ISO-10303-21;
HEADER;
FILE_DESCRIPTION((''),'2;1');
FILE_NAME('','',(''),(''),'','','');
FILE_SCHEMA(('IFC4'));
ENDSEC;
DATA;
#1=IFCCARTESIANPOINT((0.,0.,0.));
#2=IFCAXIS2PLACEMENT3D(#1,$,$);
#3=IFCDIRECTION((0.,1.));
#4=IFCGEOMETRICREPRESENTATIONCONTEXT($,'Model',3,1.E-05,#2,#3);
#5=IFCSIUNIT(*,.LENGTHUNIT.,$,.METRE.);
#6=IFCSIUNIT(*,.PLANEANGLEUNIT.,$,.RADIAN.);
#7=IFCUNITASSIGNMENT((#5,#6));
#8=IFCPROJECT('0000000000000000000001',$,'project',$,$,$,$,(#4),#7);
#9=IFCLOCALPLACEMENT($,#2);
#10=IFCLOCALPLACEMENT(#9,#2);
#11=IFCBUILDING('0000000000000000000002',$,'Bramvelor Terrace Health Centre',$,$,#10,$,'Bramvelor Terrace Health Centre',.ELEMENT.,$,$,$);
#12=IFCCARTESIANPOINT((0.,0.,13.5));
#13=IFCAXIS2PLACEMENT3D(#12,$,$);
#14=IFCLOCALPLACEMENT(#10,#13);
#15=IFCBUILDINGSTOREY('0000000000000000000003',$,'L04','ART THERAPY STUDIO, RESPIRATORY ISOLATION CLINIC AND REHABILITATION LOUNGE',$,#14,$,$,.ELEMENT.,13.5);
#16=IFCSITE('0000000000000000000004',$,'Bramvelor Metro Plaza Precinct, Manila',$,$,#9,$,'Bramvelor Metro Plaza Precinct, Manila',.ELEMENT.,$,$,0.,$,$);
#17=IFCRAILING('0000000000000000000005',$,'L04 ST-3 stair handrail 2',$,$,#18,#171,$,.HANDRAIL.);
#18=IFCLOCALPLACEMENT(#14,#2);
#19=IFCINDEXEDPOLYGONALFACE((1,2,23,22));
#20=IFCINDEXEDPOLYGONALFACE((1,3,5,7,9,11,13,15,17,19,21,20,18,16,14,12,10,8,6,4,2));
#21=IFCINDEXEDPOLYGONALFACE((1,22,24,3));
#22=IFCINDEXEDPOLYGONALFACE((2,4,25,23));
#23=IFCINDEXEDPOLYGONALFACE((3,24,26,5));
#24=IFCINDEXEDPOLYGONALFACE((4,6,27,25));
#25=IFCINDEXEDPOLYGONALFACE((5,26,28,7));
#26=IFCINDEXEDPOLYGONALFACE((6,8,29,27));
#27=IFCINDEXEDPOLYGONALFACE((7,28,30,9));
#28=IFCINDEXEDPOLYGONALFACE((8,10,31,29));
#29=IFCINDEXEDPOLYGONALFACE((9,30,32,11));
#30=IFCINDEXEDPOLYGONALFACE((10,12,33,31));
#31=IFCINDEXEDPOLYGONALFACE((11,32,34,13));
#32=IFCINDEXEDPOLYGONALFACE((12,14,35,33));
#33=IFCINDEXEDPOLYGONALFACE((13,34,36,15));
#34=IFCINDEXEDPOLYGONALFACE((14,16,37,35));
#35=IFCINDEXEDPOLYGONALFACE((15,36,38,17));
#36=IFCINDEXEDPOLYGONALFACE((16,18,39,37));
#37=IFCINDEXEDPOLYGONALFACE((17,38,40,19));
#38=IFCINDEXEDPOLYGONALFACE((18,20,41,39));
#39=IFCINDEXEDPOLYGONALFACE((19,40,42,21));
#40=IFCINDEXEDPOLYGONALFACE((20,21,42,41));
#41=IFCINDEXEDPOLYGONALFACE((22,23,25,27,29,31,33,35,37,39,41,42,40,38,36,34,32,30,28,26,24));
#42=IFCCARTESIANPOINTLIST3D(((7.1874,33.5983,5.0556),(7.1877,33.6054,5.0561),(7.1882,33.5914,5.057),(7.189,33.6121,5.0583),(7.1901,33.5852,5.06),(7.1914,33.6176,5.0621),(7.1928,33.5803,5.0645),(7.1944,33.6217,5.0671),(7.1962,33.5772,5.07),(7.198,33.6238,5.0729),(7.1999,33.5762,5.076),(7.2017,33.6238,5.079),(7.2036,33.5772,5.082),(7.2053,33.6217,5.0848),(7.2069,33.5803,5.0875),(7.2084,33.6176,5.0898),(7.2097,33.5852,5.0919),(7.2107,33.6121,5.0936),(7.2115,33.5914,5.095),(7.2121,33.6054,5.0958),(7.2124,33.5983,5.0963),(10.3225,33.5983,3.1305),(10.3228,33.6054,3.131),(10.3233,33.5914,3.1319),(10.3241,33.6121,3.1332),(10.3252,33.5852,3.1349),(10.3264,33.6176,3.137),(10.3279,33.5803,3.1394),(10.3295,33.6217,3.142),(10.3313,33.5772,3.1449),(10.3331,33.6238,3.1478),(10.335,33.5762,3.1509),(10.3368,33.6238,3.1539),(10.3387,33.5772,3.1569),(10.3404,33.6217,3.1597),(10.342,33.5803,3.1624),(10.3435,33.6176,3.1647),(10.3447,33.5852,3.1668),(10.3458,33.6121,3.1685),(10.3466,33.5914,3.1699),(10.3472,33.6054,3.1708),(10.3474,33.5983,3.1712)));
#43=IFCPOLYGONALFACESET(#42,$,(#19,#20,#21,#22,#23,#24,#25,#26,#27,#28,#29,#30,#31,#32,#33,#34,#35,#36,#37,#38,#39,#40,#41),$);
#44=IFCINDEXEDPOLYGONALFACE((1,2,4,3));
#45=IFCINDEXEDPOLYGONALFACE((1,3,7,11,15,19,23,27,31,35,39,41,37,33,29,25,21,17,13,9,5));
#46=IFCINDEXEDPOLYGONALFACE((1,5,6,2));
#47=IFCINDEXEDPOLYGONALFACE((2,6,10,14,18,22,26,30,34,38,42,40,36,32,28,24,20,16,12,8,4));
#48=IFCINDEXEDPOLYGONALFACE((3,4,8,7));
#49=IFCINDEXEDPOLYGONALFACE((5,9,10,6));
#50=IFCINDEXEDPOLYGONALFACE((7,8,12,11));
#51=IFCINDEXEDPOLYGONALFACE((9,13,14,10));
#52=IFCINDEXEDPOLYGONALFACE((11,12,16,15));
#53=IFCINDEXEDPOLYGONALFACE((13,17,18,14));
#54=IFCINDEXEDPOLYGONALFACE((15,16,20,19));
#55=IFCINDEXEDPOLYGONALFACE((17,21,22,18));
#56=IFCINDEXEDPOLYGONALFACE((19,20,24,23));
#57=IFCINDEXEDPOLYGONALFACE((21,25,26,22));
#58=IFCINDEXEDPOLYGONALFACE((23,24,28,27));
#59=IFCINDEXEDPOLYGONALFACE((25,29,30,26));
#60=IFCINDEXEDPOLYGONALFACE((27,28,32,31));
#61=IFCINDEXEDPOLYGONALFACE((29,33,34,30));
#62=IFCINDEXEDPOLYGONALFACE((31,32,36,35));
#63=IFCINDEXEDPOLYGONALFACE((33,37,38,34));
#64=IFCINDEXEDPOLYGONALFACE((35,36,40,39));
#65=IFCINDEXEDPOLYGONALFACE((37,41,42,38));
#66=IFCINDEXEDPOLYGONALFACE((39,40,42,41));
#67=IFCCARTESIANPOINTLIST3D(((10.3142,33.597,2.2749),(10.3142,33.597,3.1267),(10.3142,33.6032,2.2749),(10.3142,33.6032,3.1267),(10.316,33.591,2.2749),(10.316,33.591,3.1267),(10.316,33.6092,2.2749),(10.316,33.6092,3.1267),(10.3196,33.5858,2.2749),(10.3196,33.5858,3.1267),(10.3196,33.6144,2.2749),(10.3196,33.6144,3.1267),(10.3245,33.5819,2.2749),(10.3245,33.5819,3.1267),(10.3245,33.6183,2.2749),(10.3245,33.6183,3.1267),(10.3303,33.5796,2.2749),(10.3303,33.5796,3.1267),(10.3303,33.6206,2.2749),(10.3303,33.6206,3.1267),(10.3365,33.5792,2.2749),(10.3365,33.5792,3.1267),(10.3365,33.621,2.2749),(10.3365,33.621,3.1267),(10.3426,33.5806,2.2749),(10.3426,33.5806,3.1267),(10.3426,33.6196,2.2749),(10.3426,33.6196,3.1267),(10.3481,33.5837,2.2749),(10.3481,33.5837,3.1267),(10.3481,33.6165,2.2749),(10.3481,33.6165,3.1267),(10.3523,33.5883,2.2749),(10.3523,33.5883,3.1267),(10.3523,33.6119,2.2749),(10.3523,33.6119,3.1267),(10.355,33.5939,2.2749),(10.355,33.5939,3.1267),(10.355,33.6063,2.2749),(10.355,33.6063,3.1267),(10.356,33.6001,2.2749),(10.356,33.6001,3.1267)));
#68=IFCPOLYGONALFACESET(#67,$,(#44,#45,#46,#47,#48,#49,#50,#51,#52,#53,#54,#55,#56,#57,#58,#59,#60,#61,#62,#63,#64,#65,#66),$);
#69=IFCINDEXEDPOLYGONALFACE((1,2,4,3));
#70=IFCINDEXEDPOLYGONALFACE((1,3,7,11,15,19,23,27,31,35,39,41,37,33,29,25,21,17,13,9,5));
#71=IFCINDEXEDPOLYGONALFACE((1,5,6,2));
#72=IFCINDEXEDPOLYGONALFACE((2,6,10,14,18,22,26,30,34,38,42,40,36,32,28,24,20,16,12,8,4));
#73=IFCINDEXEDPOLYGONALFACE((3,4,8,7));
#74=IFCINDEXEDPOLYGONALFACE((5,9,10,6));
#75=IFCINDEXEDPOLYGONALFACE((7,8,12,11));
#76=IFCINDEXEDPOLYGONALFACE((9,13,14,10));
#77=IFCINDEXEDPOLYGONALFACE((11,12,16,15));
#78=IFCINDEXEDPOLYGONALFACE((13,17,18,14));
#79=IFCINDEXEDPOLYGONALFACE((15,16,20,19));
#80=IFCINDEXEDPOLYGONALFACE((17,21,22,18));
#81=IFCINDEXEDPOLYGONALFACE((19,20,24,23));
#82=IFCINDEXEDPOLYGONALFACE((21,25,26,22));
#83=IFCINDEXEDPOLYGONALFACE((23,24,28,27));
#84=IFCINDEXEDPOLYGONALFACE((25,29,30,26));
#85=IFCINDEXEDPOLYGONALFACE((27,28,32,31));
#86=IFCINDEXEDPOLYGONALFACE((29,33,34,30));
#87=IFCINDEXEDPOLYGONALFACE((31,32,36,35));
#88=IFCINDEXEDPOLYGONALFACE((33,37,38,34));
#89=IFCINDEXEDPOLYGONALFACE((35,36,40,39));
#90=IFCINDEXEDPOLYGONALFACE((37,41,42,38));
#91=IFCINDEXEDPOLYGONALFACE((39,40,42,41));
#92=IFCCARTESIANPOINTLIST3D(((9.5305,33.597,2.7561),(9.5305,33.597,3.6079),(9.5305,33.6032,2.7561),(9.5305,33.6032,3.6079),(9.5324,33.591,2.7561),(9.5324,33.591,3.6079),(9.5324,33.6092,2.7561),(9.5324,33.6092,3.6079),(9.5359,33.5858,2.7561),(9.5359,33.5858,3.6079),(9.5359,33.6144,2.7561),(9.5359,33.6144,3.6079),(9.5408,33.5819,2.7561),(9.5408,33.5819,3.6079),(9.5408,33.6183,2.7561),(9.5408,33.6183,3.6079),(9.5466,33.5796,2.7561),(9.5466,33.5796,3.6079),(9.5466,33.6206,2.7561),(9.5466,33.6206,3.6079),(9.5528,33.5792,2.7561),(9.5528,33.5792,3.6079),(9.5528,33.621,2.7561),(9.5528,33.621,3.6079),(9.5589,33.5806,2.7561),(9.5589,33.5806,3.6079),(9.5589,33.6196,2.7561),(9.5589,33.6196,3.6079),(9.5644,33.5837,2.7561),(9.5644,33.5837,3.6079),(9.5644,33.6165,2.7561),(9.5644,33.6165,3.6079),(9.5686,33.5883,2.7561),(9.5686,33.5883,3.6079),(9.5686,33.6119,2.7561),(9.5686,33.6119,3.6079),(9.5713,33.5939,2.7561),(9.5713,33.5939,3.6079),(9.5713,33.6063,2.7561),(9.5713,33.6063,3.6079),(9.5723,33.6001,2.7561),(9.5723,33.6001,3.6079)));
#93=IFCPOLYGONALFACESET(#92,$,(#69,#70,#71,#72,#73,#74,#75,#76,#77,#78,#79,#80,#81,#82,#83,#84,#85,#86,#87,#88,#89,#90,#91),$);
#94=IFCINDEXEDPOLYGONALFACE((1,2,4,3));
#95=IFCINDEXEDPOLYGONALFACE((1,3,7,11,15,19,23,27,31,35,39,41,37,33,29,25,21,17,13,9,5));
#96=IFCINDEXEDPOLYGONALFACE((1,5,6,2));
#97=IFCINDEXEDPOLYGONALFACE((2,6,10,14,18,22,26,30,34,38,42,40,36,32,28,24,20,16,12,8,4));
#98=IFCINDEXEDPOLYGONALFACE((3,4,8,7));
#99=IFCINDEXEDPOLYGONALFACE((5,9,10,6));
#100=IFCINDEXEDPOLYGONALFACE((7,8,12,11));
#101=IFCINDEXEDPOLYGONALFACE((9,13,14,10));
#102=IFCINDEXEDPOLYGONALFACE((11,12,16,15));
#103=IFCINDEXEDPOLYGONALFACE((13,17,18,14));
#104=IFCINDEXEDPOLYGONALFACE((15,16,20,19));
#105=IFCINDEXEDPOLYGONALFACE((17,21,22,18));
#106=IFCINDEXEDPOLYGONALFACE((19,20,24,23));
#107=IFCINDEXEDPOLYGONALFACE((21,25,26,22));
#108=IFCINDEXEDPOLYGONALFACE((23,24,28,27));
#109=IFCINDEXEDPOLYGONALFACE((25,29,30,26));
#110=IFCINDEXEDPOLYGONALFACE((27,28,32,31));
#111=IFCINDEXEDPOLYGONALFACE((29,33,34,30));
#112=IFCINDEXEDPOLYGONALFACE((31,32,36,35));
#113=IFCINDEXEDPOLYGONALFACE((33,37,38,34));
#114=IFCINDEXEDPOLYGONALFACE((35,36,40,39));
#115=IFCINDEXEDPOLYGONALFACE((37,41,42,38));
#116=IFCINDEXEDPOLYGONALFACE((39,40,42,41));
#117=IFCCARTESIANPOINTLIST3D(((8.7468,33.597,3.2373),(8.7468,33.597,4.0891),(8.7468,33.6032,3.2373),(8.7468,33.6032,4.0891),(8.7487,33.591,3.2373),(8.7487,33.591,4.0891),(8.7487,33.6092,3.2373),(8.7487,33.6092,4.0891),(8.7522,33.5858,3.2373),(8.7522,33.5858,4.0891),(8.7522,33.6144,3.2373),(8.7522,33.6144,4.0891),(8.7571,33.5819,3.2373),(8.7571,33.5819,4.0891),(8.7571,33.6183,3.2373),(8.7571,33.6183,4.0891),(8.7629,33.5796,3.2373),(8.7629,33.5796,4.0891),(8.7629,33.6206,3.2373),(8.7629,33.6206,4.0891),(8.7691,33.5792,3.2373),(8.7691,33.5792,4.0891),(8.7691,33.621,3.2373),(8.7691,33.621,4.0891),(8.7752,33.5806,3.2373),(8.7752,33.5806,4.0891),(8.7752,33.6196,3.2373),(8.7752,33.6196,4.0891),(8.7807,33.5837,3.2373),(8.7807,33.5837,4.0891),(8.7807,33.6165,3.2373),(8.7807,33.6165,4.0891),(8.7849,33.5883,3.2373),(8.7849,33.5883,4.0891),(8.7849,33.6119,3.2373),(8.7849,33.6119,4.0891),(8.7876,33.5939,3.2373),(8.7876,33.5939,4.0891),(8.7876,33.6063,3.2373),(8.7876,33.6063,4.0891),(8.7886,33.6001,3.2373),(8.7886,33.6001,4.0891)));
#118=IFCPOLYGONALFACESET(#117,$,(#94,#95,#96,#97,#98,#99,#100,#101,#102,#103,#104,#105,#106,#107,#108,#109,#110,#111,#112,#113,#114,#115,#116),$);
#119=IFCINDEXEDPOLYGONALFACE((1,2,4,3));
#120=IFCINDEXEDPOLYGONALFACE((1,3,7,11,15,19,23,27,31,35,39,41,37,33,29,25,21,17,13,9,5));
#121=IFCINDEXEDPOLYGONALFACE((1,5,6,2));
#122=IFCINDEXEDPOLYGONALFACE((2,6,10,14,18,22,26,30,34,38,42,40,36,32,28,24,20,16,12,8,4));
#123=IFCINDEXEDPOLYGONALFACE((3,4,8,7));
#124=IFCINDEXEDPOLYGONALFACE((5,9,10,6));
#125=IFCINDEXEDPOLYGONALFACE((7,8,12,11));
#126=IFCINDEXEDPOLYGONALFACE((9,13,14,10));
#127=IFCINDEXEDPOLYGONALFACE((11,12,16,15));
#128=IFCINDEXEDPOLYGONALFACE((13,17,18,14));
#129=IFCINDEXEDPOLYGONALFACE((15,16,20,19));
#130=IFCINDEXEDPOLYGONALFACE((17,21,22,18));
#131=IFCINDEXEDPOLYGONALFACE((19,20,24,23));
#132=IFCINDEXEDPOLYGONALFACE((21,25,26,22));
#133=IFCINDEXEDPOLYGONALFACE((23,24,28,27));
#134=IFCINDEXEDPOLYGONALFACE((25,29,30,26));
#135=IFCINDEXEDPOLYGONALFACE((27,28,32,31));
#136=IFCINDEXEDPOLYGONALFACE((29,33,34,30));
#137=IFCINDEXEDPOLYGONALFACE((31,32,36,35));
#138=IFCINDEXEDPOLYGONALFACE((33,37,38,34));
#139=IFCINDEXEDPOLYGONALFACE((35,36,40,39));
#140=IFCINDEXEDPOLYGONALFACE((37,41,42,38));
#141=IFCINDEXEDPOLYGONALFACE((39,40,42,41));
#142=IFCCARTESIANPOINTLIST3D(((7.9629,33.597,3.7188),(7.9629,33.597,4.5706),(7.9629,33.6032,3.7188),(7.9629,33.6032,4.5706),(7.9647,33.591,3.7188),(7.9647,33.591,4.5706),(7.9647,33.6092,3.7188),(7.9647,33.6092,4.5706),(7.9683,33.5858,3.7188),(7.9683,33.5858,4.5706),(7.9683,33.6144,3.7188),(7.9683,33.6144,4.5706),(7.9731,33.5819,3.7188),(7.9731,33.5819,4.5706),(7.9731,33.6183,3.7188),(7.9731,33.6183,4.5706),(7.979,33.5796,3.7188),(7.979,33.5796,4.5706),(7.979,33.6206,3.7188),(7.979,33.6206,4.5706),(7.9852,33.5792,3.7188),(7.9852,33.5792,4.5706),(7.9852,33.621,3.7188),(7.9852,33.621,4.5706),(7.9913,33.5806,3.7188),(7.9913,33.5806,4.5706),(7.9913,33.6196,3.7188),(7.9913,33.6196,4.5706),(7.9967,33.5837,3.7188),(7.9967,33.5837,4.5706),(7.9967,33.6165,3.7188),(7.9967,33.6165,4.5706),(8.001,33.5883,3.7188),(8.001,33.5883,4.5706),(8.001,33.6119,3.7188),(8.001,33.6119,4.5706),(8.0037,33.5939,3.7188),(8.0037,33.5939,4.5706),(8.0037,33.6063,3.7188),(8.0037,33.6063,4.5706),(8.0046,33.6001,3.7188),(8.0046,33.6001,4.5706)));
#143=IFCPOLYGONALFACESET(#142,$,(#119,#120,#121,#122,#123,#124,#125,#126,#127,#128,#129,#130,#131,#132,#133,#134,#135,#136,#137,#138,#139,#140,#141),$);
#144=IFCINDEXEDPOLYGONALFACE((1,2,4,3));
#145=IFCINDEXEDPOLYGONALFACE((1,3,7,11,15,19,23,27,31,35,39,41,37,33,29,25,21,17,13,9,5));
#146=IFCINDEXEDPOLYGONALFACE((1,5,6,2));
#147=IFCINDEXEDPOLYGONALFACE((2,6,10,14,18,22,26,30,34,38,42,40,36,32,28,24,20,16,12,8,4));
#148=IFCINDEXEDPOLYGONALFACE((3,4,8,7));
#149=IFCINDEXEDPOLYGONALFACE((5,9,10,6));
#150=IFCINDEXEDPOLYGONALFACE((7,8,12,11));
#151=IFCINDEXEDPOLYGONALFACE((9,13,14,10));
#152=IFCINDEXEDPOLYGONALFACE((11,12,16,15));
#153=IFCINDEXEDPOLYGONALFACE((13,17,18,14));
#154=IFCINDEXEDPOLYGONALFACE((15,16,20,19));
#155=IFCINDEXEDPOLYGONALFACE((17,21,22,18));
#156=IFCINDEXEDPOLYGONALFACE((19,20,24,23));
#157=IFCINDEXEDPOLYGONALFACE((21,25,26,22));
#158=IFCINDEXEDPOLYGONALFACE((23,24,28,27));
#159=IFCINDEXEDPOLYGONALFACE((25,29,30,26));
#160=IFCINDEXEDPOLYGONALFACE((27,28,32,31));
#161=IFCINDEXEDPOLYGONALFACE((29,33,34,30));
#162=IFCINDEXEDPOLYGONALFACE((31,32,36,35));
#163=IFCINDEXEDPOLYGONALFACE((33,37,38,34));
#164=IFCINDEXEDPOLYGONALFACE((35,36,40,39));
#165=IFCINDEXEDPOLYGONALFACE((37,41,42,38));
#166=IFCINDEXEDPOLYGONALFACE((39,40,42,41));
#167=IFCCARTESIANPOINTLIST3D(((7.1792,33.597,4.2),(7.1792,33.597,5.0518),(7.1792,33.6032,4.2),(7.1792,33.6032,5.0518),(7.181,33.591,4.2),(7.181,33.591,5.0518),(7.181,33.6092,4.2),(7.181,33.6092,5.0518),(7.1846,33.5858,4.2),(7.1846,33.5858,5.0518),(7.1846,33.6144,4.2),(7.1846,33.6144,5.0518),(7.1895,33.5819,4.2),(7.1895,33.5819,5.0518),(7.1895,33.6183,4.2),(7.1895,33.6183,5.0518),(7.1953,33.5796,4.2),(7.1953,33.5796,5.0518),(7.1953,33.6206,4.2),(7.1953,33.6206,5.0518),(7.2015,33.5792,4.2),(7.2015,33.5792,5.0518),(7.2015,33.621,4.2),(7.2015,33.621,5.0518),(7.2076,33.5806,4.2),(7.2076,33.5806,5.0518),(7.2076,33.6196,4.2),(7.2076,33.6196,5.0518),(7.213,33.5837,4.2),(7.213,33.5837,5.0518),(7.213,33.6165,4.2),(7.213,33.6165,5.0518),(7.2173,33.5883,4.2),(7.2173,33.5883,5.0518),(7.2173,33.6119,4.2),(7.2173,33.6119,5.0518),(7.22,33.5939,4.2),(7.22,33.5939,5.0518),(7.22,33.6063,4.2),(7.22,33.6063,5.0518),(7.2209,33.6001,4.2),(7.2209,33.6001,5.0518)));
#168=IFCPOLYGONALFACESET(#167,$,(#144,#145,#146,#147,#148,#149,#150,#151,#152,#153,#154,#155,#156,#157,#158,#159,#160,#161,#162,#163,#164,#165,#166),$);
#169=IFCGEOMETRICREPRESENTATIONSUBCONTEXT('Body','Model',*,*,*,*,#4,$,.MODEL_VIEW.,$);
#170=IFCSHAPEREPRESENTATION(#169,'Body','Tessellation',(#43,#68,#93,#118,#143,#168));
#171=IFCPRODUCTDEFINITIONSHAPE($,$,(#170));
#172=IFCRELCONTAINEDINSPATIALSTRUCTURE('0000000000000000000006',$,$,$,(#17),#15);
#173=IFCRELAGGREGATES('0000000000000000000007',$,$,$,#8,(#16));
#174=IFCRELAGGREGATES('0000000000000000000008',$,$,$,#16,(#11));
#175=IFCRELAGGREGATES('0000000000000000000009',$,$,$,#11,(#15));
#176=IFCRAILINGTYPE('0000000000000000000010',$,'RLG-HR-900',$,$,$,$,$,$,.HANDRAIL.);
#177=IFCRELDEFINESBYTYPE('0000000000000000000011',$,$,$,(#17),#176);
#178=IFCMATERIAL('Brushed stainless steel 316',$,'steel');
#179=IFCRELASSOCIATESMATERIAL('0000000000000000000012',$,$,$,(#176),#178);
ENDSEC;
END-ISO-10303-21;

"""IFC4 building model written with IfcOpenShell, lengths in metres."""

from ifc_helpers import new_model, si_unit, direction, frame, origin, origin_2d, place, context, subcontext, project, spatial, circle, extrude, material, type_object, element, save


model = new_model("IFC4")

# Units and contexts
model_context = context("Model", 3, precision=1e-05, world=origin(), true_north=direction((0.0, 1.0)))
body_context = subcontext(model_context, "Body", "Model", "MODEL_VIEW")
ifc_project = project(units=[si_unit("LENGTHUNIT", "METRE"), si_unit("PLANEANGLEUNIT", "RADIAN")], contexts=[model_context])

# Site, building, storey
site_placement = place(None, origin())
site = spatial("IfcSite", under=ifc_project, at=site_placement, Name="Bramvelor Metro Plaza Precinct, Manila", LongName="Bramvelor Metro Plaza Precinct, Manila", CompositionType="ELEMENT", RefElevation=0.0)
building_placement = place(site_placement, origin())
building = spatial("IfcBuilding", under=site, at=building_placement, Name="Bramvelor Terrace Health Centre", LongName="Bramvelor Terrace Health Centre", CompositionType="ELEMENT")
storey_placement = place(building_placement, frame((0.0, 0.0, 13.5)))
storey = spatial("IfcBuildingStorey", under=building, at=storey_placement, Name="L04", Description="ART THERAPY STUDIO, RESPIRATORY ISOLATION CLINIC AND REHABILITATION LOUNGE", CompositionType="ELEMENT", Elevation=13.5)

# Railing
ifc_material_1 = material(Name="Brushed stainless steel 316", Category="steel")
railing_type_1 = type_object("IfcRailingType", Name="RLG-HR-900", PredefinedType="HANDRAIL", material=ifc_material_1)
railing_1_placement = place(storey_placement, frame((10.335, 33.6001, 2.2749)))
element("IfcRailing", 1, at=railing_1_placement, inside=storey, type_object=railing_type_1, Name="L04 ST-3 stair handrail 2", PredefinedType="HANDRAIL", context=body_context, shape_type="SweptSolid", body=[
    extrude(circle(Radius=0.0239, at=origin_2d()), frame((0.0, 0.0, 0.876), z_axis=(-0.852166, 0.0, 0.523271), x_axis=(0.0, -1.0, 0.0)), (0.0, 0.0, 1.0), 3.679),
    extrude(circle(Radius=0.021, at=origin_2d()), origin(), (0.0, 0.0, 1.0), 0.8518),
    extrude(circle(Radius=0.021, at=origin_2d()), frame((-0.7837, 0.0, 0.4812)), (0.0, 0.0, 1.0), 0.8518),
    extrude(circle(Radius=0.021, at=origin_2d()), frame((-1.5674, 0.0, 0.9624)), (0.0, 0.0, 1.0), 0.8518),
    extrude(circle(Radius=0.021, at=origin_2d()), frame((-2.3513, 0.0, 1.4438)), (0.0, 0.0, 1.0), 0.8518),
    extrude(circle(Radius=0.021, at=origin_2d()), frame((-3.135, 0.0, 1.925)), (0.0, 0.0, 1.0), 0.8518),
])

save(model, "model.ifc")
